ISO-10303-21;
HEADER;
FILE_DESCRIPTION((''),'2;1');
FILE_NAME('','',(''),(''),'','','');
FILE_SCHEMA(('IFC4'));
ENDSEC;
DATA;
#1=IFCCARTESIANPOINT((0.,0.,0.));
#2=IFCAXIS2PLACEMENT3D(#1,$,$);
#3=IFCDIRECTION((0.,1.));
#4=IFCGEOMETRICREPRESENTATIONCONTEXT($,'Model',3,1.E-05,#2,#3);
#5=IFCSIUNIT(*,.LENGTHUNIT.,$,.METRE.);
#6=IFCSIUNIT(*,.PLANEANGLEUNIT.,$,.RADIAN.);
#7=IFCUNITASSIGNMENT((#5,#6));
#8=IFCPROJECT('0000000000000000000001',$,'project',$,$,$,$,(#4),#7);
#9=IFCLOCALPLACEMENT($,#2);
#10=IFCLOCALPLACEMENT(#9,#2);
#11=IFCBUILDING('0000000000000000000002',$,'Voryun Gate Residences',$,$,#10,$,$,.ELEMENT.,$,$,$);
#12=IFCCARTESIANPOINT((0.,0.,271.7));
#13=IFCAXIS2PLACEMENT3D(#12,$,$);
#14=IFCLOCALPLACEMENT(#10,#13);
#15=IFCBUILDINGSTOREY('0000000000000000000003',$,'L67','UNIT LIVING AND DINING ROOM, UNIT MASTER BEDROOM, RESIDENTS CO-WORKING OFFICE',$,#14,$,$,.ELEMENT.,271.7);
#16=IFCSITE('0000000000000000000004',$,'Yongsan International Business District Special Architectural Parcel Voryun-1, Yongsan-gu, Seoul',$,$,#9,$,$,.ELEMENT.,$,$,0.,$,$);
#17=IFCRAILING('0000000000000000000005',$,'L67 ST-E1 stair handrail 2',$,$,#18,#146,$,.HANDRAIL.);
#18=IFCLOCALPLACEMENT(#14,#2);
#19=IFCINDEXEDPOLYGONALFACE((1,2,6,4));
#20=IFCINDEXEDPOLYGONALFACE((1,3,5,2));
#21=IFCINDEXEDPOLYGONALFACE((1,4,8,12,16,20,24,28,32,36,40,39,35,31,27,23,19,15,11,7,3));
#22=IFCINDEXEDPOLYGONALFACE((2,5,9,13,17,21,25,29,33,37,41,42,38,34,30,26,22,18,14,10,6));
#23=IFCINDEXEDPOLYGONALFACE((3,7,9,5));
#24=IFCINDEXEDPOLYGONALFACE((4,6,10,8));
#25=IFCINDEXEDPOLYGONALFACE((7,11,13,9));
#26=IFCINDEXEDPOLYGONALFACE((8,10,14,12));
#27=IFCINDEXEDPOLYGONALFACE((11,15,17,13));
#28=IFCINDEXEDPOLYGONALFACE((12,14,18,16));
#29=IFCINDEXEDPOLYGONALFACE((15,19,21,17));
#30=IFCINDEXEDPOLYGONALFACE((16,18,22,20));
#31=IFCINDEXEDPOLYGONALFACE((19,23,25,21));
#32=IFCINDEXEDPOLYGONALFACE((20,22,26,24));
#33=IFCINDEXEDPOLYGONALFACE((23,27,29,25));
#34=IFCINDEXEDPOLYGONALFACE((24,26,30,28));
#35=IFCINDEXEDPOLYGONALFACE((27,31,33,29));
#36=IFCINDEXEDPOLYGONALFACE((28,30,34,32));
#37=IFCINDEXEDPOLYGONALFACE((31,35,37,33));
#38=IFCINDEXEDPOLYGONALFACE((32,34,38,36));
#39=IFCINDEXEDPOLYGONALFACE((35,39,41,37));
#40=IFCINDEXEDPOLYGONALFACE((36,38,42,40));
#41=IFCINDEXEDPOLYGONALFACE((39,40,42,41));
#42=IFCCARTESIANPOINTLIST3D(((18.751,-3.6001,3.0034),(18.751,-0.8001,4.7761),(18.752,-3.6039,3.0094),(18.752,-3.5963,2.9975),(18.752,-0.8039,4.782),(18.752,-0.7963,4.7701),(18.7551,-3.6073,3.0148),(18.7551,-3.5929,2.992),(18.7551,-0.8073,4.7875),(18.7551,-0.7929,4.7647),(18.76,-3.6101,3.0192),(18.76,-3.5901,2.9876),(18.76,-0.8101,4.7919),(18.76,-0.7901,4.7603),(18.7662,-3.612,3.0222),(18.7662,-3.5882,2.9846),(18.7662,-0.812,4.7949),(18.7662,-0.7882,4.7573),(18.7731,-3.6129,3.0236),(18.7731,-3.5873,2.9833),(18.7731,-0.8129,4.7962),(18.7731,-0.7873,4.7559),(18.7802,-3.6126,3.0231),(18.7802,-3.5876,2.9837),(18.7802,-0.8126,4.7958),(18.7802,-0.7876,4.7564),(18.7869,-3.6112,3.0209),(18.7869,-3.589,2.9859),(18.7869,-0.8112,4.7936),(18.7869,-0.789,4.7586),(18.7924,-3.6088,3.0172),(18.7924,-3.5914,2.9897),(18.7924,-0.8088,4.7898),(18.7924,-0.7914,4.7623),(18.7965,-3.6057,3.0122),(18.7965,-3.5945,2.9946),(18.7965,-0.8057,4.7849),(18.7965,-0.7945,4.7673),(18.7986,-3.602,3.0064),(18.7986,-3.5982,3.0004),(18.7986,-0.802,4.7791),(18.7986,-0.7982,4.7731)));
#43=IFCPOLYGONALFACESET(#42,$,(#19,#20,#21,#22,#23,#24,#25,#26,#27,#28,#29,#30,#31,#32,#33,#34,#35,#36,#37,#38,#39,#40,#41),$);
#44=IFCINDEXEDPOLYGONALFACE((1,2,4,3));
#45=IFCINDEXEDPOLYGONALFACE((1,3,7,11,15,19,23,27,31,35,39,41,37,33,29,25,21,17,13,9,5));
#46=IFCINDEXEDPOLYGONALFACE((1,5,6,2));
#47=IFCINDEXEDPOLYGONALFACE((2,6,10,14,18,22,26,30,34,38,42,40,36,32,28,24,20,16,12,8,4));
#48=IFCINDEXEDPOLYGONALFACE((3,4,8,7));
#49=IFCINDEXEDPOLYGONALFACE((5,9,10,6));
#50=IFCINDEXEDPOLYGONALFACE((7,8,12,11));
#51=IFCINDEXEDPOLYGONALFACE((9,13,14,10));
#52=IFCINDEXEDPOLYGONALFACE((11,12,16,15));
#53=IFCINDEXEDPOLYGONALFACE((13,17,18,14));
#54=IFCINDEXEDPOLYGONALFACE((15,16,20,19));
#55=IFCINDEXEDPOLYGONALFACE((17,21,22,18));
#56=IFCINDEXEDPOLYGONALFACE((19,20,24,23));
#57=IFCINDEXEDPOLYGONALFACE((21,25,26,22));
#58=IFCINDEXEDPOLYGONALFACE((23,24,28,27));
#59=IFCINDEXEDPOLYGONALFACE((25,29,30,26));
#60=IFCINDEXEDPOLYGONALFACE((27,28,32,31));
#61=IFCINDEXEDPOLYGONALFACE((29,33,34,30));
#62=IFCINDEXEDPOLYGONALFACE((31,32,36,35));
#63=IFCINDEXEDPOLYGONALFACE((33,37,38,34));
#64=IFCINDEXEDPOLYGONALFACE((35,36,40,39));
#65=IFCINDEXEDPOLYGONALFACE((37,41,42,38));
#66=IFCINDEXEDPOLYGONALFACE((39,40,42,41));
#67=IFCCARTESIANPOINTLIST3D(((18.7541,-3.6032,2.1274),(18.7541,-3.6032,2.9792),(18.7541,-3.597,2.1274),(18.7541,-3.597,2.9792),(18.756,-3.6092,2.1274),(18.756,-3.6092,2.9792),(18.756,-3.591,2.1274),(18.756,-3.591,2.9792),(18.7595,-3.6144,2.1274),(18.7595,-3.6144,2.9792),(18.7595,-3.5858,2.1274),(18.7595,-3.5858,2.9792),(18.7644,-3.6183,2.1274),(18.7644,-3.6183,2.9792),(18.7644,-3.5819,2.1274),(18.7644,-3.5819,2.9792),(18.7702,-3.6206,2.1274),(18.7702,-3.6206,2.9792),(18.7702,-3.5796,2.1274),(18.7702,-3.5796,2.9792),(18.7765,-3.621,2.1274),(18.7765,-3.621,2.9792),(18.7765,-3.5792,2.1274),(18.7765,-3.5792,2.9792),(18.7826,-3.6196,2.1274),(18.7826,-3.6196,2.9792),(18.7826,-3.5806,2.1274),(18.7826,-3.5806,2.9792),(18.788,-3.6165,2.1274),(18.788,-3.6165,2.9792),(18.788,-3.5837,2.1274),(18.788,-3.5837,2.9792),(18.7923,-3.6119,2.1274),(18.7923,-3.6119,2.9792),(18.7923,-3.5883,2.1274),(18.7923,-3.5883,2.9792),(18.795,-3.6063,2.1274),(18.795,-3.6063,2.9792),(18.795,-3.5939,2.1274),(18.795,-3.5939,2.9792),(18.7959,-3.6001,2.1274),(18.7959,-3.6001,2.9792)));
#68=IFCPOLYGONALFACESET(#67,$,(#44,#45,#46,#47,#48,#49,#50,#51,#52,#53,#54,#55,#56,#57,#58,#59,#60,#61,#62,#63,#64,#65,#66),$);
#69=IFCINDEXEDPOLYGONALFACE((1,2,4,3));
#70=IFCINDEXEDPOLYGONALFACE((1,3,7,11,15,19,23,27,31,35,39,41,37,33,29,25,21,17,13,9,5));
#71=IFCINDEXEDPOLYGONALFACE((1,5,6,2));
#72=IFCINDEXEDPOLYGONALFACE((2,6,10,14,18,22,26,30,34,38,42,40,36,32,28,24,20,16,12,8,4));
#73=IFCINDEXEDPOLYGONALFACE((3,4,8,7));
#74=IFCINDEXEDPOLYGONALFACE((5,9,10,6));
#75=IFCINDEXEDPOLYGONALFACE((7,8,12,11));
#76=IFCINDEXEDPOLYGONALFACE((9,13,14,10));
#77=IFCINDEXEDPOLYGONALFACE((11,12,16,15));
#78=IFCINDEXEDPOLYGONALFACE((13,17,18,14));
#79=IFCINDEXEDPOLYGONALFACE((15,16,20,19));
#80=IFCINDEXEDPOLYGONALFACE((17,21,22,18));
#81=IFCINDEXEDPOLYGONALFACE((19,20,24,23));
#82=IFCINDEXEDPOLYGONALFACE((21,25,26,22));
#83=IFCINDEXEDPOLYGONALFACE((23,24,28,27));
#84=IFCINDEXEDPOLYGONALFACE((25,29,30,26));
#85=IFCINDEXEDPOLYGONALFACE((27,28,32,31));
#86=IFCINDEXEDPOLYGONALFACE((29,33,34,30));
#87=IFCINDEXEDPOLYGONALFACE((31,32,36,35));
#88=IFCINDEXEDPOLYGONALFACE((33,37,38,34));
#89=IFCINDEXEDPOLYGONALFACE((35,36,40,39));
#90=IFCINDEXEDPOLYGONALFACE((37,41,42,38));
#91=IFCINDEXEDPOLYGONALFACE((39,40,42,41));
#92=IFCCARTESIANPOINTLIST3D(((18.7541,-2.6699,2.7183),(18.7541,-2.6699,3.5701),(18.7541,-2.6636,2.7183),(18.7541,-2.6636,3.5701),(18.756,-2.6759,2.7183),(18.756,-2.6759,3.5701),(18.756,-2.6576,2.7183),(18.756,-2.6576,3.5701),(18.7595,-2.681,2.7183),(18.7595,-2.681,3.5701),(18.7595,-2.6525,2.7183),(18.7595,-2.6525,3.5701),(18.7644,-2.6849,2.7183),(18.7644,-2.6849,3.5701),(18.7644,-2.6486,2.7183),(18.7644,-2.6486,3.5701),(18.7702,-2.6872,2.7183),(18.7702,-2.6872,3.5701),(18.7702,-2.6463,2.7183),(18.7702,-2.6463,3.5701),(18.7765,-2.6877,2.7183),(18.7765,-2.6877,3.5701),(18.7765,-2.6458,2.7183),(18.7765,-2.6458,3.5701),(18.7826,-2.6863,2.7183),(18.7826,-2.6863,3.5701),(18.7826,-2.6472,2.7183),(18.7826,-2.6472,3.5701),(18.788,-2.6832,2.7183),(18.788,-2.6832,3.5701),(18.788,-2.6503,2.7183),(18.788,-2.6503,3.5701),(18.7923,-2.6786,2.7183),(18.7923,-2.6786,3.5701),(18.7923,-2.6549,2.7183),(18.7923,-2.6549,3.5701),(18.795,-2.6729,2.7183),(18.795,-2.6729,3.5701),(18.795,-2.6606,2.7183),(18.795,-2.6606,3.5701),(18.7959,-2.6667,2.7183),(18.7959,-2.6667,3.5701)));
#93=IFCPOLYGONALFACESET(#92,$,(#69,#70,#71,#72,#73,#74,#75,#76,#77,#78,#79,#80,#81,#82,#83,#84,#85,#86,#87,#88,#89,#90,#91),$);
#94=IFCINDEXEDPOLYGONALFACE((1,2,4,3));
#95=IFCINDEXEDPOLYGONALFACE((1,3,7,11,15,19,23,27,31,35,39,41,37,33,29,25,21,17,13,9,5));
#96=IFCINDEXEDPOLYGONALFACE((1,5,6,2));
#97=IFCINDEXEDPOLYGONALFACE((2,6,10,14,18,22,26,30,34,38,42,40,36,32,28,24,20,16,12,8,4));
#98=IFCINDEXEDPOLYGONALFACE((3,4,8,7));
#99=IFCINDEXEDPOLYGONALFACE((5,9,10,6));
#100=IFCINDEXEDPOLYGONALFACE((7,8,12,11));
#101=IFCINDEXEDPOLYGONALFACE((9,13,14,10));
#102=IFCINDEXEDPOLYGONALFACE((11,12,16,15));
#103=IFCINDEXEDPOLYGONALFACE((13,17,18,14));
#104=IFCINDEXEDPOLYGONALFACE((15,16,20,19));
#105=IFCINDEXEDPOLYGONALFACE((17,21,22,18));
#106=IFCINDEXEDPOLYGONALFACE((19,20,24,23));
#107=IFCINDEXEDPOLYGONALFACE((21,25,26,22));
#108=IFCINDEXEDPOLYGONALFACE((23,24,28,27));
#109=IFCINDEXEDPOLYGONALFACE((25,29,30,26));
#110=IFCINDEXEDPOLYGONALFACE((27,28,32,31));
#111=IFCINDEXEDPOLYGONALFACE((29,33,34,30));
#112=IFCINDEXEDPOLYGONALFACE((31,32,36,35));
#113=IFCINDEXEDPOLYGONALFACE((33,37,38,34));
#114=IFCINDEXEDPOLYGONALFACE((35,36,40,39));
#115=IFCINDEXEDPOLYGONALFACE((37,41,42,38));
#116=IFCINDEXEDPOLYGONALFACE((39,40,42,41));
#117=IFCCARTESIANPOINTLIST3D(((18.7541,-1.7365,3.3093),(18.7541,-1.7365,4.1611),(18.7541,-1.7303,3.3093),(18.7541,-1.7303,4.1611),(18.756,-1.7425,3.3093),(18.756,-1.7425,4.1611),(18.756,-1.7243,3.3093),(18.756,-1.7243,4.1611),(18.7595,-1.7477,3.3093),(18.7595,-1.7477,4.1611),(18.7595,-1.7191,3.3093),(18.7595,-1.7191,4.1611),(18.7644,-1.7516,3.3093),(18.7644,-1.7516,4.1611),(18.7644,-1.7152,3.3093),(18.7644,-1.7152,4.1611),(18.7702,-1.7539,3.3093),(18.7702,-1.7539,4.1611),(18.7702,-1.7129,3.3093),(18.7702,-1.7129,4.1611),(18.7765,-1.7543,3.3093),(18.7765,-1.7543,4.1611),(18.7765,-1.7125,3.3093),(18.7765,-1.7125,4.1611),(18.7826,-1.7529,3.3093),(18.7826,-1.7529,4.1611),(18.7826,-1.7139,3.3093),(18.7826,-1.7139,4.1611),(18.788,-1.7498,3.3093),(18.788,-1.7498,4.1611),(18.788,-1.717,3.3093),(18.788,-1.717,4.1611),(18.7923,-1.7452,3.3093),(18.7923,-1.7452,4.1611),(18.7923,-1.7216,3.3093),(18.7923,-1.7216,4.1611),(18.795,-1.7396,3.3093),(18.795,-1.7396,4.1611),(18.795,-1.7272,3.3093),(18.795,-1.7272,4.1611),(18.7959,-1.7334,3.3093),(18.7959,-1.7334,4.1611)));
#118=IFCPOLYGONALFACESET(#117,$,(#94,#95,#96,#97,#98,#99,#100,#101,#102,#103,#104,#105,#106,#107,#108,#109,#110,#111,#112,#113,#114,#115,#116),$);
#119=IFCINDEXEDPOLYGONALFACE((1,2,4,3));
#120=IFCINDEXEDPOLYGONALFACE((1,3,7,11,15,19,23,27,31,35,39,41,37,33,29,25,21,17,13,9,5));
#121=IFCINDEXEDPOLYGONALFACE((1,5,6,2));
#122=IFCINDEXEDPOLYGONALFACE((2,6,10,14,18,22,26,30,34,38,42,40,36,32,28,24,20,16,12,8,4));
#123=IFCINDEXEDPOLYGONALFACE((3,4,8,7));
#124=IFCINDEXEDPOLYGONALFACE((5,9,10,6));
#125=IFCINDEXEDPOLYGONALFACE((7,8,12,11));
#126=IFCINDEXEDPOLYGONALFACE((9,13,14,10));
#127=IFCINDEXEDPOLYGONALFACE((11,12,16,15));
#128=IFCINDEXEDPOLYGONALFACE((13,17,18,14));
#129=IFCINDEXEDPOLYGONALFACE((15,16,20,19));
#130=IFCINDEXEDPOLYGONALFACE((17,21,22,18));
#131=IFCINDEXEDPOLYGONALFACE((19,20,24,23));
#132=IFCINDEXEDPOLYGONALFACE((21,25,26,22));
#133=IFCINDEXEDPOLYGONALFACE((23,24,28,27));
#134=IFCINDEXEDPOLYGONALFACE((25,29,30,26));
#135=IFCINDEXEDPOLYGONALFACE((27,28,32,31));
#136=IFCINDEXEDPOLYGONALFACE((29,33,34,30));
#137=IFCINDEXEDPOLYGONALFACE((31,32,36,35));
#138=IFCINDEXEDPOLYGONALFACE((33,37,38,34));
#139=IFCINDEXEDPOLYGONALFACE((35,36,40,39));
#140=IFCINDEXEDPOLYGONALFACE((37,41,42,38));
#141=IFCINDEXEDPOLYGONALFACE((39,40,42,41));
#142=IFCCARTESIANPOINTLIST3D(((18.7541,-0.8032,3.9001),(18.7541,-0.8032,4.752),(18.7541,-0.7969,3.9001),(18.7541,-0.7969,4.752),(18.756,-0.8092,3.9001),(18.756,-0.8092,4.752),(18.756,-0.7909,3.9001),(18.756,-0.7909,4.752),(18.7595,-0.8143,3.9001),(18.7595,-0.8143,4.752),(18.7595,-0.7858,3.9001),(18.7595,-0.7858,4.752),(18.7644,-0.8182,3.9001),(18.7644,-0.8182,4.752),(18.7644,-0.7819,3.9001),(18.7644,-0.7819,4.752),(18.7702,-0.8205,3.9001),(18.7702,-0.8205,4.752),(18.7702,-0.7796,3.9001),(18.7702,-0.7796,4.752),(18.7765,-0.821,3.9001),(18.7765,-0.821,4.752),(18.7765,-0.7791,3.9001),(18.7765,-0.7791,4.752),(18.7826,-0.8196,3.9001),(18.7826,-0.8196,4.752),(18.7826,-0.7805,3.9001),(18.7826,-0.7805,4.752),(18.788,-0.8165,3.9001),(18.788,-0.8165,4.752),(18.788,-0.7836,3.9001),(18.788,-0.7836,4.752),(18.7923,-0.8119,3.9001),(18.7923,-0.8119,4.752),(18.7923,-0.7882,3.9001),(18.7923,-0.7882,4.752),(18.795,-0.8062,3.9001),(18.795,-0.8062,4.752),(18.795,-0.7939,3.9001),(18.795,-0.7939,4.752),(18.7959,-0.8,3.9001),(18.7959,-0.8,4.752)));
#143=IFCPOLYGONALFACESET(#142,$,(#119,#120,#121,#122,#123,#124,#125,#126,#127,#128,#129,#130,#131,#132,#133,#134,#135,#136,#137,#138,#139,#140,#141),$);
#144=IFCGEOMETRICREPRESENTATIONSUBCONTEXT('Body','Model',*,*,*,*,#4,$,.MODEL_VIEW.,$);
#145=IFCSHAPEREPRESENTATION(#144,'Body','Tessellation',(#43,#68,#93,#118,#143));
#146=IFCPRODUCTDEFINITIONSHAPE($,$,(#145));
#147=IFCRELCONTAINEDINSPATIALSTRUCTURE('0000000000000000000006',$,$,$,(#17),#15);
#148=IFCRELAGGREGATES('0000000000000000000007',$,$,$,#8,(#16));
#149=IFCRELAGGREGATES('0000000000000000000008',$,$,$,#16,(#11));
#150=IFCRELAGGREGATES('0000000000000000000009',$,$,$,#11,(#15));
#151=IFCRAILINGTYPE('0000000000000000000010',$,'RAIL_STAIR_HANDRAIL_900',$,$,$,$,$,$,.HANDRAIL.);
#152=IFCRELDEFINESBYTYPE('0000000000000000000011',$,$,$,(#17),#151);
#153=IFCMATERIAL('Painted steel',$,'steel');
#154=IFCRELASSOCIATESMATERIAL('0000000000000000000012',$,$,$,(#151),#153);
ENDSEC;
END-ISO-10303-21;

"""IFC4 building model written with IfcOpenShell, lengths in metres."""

from ifc_helpers import new_model, si_unit, direction, frame, origin, origin_2d, place, context, subcontext, project, spatial, circle, extrude, material, type_object, element, save


model = new_model("IFC4")

# Units and contexts
model_context = context("Model", 3, precision=1e-05, world=origin(), true_north=direction((0.0, 1.0)))
body_context = subcontext(model_context, "Body", "Model", "MODEL_VIEW")
ifc_project = project(units=[si_unit("LENGTHUNIT", "METRE"), si_unit("PLANEANGLEUNIT", "RADIAN")], contexts=[model_context])

# Site, building, storey
site_placement = place(None, origin())
site = spatial("IfcSite", under=ifc_project, at=site_placement, Name="Yongsan International Business District Special Architectural Parcel Voryun-1, Yongsan-gu, Seoul", CompositionType="ELEMENT", RefElevation=0.0)
building_placement = place(site_placement, origin())
building = spatial("IfcBuilding", under=site, at=building_placement, Name="Voryun Gate Residences", CompositionType="ELEMENT")
storey_placement = place(building_placement, frame((0.0, 0.0, 271.7)))
storey = spatial("IfcBuildingStorey", under=building, at=storey_placement, Name="L67", Description="UNIT LIVING AND DINING ROOM, UNIT MASTER BEDROOM, RESIDENTS CO-WORKING OFFICE", CompositionType="ELEMENT", Elevation=271.7)

# Railing
ifc_material_1 = material(Name="Painted steel", Category="steel")
railing_type_1 = type_object("IfcRailingType", Name="RAIL_STAIR_HANDRAIL_900", PredefinedType="HANDRAIL", material=ifc_material_1)
railing_1_placement = place(storey_placement, frame((18.7749, -3.6001, 2.1274)))
element("IfcRailing", 1, at=railing_1_placement, inside=storey, type_object=railing_type_1, Name="L67 ST-E1 stair handrail 2", PredefinedType="HANDRAIL", context=body_context, shape_type="SweptSolid", body=[
    extrude(circle(Radius=0.0239, at=origin_2d()), frame((0.0, 0.0, 0.876), z_axis=(0.0, 0.844909, 0.53491), x_axis=(-1.0, 0.0, 0.0)), (0.0, 0.0, 1.0), 3.314),
    extrude(circle(Radius=0.021, at=origin_2d()), origin(), (0.0, 0.0, 1.0), 0.8518),
    extrude(circle(Radius=0.021, at=origin_2d()), frame((0.0, 0.9333, 0.5908)), (0.0, 0.0, 1.0), 0.8518),
    extrude(circle(Radius=0.021, at=origin_2d()), frame((0.0, 1.8667, 1.1819)), (0.0, 0.0, 1.0), 0.8518),
    extrude(circle(Radius=0.021, at=origin_2d()), frame((0.0, 2.8, 1.7727)), (0.0, 0.0, 1.0), 0.8518),
])

save(model, "model.ifc")
